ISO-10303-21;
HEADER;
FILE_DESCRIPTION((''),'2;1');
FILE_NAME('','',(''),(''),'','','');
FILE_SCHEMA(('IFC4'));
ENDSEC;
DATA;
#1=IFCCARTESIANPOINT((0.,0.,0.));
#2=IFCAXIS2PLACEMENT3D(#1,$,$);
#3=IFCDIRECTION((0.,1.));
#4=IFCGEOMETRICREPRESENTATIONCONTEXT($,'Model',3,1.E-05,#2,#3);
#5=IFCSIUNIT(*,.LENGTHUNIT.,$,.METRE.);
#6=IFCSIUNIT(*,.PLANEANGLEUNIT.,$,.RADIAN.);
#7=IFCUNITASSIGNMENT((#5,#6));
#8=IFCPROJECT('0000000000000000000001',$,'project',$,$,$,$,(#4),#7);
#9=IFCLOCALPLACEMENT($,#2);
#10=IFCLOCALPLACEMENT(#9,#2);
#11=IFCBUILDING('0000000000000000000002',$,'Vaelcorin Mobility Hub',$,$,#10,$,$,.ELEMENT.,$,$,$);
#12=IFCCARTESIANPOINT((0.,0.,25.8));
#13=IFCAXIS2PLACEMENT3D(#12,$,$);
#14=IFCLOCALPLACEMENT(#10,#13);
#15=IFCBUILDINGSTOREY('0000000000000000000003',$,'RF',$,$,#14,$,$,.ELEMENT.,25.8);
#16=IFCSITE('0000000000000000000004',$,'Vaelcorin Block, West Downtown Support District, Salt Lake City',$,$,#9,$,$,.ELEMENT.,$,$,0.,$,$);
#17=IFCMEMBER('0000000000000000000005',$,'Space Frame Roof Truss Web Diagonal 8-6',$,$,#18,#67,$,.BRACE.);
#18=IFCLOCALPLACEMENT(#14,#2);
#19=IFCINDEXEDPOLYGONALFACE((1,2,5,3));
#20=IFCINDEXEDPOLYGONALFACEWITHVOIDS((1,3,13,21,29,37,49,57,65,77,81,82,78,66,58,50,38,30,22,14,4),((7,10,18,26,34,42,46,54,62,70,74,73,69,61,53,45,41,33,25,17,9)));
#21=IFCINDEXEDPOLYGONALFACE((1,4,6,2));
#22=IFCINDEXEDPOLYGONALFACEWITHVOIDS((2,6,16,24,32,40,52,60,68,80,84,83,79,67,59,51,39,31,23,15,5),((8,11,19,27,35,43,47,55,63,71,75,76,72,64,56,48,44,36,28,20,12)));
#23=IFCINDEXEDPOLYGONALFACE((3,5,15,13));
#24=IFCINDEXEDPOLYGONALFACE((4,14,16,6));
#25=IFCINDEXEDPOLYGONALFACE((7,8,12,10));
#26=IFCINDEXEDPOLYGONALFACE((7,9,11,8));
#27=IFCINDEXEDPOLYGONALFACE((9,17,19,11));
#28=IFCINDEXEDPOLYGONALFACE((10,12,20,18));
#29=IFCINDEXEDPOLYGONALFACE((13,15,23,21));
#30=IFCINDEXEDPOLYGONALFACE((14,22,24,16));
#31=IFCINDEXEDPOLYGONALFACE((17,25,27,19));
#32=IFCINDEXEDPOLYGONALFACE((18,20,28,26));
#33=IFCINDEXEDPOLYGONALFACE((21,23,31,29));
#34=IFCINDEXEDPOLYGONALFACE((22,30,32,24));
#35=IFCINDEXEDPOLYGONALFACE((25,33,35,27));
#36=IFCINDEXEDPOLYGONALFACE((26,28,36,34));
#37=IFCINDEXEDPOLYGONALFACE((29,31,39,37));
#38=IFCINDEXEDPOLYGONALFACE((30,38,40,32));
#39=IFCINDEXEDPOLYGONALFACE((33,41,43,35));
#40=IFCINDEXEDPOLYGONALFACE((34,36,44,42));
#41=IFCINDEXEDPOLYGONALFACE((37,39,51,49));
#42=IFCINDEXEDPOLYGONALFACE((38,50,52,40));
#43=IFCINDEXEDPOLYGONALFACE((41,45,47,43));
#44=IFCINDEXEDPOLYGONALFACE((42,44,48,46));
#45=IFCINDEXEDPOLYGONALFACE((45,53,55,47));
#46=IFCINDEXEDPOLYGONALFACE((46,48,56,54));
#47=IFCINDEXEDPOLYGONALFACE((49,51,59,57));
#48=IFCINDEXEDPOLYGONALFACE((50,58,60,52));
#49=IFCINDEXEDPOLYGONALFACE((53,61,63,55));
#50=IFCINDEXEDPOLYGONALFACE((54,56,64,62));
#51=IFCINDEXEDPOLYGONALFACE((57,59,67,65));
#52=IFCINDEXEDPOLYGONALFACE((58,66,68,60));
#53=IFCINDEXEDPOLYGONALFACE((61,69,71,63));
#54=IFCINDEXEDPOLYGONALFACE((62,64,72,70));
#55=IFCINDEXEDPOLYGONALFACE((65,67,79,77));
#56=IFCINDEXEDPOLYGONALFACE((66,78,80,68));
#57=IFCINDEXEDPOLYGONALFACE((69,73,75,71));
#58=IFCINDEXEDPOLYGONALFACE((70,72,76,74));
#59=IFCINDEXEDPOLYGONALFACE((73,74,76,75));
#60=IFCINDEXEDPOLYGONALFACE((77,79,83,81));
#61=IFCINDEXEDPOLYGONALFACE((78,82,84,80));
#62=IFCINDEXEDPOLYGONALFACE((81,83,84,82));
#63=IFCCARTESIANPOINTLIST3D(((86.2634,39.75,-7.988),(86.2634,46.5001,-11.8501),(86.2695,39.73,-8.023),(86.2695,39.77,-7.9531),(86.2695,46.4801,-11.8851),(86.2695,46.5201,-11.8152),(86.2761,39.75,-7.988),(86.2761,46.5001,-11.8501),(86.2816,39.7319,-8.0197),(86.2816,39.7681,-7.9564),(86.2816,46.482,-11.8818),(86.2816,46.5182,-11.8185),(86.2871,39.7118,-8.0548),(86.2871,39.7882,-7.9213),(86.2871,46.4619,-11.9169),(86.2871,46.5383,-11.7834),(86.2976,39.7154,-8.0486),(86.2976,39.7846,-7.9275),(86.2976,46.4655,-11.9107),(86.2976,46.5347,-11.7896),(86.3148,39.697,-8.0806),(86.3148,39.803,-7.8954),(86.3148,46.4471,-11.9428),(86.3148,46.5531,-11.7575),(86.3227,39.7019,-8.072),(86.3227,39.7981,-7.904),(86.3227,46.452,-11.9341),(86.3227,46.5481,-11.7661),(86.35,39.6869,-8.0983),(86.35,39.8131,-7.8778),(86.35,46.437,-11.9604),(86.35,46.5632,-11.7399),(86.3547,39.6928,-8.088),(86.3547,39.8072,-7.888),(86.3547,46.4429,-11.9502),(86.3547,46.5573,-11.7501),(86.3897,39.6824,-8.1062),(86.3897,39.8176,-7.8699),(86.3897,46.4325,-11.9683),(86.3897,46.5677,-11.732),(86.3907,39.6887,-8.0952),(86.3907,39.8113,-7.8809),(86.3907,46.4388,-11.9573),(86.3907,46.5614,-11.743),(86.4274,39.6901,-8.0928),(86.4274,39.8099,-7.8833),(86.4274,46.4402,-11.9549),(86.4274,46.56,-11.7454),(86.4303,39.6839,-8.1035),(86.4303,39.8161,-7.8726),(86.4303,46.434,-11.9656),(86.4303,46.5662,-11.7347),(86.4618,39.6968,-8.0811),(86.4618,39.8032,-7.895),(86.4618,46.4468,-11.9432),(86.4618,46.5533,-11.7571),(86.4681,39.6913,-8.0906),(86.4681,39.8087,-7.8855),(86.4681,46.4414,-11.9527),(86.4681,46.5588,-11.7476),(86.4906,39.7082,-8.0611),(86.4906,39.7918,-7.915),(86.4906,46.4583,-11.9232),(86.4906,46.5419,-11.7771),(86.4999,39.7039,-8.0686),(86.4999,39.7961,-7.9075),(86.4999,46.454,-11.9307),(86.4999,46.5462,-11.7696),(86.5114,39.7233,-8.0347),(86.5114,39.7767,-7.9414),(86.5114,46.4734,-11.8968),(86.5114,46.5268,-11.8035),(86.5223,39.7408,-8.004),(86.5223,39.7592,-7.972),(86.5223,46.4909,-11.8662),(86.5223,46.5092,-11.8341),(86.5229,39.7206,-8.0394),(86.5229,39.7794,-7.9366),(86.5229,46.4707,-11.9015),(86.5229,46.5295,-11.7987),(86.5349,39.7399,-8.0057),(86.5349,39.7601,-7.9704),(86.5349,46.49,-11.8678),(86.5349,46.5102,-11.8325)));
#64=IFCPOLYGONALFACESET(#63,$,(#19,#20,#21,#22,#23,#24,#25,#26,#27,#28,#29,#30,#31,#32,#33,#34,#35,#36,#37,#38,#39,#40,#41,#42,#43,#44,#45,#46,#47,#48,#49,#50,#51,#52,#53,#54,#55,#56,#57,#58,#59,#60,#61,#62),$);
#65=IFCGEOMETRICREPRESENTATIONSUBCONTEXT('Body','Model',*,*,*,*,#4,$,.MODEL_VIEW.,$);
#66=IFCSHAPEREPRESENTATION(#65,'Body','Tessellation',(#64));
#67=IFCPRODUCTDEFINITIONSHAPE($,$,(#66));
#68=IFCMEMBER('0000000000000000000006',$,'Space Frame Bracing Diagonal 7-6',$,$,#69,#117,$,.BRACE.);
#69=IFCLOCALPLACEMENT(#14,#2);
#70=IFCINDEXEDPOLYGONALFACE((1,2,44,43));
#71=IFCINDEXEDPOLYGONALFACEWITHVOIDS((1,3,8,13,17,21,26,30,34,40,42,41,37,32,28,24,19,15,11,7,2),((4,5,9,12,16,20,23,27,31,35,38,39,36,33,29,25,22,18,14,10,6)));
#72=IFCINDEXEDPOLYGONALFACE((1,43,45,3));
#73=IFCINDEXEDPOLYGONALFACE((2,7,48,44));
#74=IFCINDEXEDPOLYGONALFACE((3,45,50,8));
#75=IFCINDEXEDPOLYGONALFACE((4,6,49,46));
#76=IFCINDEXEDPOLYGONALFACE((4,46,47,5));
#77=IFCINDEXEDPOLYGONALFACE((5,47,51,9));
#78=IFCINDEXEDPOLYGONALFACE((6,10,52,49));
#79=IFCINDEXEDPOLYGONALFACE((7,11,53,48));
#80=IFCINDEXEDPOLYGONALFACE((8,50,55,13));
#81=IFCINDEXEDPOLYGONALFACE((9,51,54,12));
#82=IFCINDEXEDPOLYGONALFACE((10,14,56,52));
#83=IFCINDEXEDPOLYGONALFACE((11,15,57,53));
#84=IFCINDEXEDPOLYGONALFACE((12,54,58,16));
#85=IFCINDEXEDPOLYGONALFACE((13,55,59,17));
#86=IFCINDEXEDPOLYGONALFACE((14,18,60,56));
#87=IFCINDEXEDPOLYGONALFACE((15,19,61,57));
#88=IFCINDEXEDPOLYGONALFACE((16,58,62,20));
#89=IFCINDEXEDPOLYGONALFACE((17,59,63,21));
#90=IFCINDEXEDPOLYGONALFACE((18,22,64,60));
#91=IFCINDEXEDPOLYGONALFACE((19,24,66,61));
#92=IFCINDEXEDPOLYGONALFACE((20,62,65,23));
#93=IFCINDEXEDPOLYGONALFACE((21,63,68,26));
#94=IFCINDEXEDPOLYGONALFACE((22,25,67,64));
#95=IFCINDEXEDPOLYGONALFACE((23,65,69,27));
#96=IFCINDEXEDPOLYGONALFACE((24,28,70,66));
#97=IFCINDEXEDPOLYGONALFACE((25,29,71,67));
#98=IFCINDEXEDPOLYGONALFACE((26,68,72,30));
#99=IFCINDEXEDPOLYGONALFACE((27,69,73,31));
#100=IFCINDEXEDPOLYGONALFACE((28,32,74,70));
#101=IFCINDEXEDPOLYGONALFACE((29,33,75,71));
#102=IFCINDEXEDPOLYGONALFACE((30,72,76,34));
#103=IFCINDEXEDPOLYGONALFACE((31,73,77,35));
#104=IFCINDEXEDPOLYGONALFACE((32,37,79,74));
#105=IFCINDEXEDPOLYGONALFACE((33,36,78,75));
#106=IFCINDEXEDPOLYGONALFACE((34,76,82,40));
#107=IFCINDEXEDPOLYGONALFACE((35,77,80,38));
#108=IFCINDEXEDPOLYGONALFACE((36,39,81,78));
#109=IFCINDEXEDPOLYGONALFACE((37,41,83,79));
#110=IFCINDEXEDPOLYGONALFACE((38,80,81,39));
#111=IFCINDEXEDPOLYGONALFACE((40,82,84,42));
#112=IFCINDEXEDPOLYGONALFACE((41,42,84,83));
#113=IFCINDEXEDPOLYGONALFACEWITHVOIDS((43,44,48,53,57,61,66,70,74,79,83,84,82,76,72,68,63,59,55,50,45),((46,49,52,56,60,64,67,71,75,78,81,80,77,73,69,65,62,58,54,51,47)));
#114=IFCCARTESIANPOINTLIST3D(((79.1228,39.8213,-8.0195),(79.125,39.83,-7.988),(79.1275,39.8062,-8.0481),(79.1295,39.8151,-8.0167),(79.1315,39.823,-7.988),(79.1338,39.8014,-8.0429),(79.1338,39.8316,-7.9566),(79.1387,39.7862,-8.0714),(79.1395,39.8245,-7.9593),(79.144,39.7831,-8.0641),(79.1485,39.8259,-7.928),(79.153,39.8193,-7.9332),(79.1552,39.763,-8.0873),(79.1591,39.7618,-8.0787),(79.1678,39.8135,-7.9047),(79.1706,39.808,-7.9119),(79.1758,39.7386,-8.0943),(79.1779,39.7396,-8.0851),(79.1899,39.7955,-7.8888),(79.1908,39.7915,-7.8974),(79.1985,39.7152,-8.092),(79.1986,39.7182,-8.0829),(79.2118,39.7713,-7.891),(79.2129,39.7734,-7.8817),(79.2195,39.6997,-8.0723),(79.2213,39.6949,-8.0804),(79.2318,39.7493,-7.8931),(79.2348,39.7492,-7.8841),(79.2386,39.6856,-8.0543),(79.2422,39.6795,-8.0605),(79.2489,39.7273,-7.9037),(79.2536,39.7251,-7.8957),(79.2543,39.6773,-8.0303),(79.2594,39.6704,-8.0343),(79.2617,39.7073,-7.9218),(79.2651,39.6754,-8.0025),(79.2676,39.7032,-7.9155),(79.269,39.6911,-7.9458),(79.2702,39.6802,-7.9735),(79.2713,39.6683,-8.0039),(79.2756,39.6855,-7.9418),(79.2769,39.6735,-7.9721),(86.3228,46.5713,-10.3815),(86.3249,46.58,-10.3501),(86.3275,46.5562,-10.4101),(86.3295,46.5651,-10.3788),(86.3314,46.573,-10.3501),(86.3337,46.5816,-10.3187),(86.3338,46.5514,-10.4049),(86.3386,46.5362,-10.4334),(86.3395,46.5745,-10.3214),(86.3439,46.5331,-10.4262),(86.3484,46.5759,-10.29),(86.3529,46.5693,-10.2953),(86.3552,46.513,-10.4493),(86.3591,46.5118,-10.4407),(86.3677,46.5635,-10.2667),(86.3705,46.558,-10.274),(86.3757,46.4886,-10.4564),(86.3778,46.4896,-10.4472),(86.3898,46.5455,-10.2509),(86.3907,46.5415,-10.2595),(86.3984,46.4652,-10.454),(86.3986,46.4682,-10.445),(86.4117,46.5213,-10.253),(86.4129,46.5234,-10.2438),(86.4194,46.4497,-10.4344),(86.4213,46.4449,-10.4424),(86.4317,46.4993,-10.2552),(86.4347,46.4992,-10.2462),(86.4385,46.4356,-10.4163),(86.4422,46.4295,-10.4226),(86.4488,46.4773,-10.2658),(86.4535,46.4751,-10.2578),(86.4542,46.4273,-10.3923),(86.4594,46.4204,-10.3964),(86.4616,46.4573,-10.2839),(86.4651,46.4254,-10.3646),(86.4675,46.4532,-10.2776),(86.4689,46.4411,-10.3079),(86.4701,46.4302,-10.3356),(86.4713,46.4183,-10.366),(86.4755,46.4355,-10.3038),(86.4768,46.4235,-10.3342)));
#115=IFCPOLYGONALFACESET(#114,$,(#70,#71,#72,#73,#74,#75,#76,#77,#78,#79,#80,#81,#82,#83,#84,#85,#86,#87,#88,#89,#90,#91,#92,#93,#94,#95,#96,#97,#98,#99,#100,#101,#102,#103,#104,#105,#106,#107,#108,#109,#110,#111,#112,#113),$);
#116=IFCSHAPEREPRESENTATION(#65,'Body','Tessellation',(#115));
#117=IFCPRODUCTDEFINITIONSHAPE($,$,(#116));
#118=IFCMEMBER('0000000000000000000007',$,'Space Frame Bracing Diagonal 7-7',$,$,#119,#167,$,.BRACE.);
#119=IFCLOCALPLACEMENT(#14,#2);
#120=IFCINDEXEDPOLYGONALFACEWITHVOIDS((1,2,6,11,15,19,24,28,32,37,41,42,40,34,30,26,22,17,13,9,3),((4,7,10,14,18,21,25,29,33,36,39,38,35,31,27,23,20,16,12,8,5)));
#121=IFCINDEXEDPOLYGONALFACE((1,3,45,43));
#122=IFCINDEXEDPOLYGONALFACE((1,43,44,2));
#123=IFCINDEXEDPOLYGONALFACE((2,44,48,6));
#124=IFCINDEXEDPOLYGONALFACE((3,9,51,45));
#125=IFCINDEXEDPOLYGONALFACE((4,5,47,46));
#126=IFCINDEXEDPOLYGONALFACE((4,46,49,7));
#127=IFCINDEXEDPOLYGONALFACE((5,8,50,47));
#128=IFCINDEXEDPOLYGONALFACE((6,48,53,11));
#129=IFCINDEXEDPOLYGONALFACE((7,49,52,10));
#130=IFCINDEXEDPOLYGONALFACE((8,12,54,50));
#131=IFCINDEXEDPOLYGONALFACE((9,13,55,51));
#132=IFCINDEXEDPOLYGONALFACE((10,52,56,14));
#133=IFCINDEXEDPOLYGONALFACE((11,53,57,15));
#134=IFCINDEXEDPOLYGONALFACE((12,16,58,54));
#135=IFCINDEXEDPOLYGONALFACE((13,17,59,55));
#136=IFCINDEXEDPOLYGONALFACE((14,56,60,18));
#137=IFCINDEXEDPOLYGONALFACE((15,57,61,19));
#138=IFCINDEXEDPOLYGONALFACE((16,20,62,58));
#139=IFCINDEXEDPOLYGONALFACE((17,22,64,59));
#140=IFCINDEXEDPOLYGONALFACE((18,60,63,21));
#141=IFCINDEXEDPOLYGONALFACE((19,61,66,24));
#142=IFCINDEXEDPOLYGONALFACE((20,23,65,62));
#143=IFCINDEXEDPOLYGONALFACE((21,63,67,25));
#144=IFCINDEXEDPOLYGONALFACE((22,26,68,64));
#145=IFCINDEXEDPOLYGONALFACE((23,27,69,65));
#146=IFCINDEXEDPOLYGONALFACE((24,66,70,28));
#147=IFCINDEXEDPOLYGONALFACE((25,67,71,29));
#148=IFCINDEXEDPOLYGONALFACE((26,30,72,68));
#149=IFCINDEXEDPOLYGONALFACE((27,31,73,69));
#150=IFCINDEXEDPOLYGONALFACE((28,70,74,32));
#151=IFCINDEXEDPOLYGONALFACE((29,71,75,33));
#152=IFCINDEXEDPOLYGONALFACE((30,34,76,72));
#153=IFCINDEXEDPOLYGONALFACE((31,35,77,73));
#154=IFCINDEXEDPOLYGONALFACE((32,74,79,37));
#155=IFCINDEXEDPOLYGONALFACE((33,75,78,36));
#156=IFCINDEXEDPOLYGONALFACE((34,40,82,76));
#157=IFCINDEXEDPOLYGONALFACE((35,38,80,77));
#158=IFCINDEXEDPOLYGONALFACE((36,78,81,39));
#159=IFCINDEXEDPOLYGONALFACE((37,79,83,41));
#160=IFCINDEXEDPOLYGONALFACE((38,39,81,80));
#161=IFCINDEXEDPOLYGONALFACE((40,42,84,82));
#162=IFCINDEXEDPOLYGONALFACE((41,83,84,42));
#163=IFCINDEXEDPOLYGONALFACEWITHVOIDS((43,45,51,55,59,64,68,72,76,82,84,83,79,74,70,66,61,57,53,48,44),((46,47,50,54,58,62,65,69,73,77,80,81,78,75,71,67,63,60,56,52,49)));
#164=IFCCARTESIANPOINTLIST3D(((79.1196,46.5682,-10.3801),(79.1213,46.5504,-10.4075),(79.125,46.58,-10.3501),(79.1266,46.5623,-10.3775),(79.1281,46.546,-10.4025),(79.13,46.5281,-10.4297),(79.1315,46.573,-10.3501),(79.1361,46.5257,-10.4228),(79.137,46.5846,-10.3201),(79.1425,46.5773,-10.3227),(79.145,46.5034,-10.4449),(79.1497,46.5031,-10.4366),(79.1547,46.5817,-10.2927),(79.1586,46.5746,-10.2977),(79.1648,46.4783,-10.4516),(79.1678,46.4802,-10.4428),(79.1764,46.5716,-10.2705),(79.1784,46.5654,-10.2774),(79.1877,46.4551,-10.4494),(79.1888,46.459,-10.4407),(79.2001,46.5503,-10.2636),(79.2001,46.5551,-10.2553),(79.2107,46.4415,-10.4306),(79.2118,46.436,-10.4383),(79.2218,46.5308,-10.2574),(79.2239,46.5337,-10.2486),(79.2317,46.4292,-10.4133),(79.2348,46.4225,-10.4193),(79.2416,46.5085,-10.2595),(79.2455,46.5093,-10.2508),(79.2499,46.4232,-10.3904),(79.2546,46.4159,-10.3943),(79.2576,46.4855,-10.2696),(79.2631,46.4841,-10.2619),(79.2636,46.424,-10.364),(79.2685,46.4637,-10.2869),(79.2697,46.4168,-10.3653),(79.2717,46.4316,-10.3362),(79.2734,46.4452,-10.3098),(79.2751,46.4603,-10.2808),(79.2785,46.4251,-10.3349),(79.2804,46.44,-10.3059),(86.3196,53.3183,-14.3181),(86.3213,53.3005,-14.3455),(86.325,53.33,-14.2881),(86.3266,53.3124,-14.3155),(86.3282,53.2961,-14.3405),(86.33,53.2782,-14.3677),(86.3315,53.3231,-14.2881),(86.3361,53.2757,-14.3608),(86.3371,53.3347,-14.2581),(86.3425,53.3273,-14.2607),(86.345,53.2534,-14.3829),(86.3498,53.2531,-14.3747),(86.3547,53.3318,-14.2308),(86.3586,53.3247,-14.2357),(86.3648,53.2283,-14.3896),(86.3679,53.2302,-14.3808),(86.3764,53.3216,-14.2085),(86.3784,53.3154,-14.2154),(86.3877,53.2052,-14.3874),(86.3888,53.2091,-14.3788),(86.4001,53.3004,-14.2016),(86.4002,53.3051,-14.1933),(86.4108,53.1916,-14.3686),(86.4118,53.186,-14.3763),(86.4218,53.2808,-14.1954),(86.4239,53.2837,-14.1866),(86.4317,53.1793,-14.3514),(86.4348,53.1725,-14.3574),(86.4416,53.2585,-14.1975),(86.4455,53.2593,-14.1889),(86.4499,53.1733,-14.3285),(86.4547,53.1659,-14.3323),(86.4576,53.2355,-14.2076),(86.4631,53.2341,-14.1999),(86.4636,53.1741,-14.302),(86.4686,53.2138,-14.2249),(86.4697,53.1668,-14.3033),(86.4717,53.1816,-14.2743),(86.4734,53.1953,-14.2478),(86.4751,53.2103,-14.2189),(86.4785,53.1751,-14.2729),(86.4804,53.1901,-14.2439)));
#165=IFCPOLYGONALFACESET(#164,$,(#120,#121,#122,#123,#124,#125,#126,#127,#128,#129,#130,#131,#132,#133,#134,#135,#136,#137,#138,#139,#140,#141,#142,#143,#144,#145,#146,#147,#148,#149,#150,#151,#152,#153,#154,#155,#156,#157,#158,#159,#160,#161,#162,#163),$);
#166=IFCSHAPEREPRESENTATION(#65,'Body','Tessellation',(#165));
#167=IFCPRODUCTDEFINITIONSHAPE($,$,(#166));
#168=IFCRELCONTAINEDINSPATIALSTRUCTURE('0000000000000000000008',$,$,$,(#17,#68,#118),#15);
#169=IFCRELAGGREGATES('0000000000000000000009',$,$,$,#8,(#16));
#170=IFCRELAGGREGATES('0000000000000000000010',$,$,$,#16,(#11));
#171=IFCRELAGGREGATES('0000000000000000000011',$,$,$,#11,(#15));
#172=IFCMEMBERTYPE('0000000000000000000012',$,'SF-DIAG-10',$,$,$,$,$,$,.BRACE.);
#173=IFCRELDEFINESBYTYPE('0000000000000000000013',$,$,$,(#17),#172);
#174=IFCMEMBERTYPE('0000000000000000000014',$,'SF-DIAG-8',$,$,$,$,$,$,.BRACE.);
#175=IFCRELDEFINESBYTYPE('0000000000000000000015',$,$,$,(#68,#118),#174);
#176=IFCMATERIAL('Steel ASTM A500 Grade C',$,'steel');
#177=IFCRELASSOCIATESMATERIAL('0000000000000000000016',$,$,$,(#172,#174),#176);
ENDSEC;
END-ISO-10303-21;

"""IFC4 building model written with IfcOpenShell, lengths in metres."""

from ifc_helpers import new_model, si_unit, direction, frame, origin, origin_2d, place, context, subcontext, project, spatial, hollow_circle, extrude, material, material_profile, profile_set, type_object, element, save


model = new_model("IFC4")

# Units and contexts
model_context = context("Model", 3, precision=1e-05, world=origin(), true_north=direction((0.0, 1.0)))
body_context = subcontext(model_context, "Body", "Model", "MODEL_VIEW")
ifc_project = project(units=[si_unit("LENGTHUNIT", "METRE"), si_unit("PLANEANGLEUNIT", "RADIAN")], contexts=[model_context])

# Site, building, storey
site_placement = place(None, origin())
site = spatial("IfcSite", under=ifc_project, at=site_placement, Name="Vaelcorin Block, West Downtown Support District, Salt Lake City", CompositionType="ELEMENT", RefElevation=0.0)
building_placement = place(site_placement, origin())
building = spatial("IfcBuilding", under=site, at=building_placement, Name="Vaelcorin Mobility Hub", CompositionType="ELEMENT")
storey_placement = place(building_placement, frame((0.0, 0.0, 25.8)))
storey = spatial("IfcBuildingStorey", under=building, at=storey_placement, Name="RF", CompositionType="ELEMENT", Elevation=25.8)

# Members
ifc_material_1 = material(Name="Steel ASTM A500 Grade C", Category="steel")
ifc_material_profile_1 = material_profile(ifc_material_1, hollow_circle(Radius=0.1365, WallThickness=0.0127, at=origin_2d()), Name="HSS10.750X0.500")
ifc_profile_set_1 = profile_set([ifc_material_profile_1], Name="Steel ASTM A500 Grade C")
member_type_1 = type_object("IfcMemberType", Name="SF-DIAG-10", PredefinedType="BRACE", material=ifc_profile_set_1)
member_1_placement = place(storey_placement, frame((86.3999, 39.75, -7.988), z_axis=(0.0, 0.867971, -0.496616), x_axis=(-1.0, 0.0, 0.0)))
element("IfcMember", 1, at=member_1_placement, inside=storey, type_object=member_type_1, Name="Space Frame Roof Truss Web Diagonal 8-6", PredefinedType="BRACE", context=body_context, shape_type="SweptSolid", body=[
    extrude(hollow_circle(Radius=0.1365, WallThickness=0.0127, at=origin_2d()), origin(), (0.0, 0.0, 1.0), 7.7769),
])
ifc_material_profile_2 = material_profile(ifc_material_1, hollow_circle(Radius=0.1096, WallThickness=0.0095, at=origin_2d()), Name="HSS8.625X0.375")
ifc_profile_set_2 = profile_set([ifc_material_profile_2], Name="Steel ASTM A500 Grade C")
member_type_2 = type_object("IfcMemberType", Name="SF-DIAG-8", PredefinedType="BRACE", material=ifc_profile_set_2)
member_2_placement = place(storey_placement, frame((79.2, 39.75, -7.988), z_axis=(0.709497, 0.665158, -0.232762), x_axis=(-0.683944, 0.729535, 0.0)))
element("IfcMember", 2, at=member_2_placement, inside=storey, type_object=member_type_2, Name="Space Frame Bracing Diagonal 7-6", PredefinedType="BRACE", context=body_context, shape_type="SweptSolid", body=[
    extrude(hollow_circle(Radius=0.1096, WallThickness=0.0095, at=origin_2d()), origin(), (0.0, 0.0, 1.0), 10.1479),
])
member_3_placement = place(storey_placement, frame((79.2, 46.5, -10.3501), z_axis=(0.677586, 0.635241, -0.370603), x_axis=(-0.683944, 0.729535, 0.0)))
element("IfcMember", 3, at=member_3_placement, inside=storey, type_object=member_type_2, Name="Space Frame Bracing Diagonal 7-7", PredefinedType="BRACE", context=body_context, shape_type="SweptSolid", body=[
    extrude(hollow_circle(Radius=0.1096, WallThickness=0.0095, at=origin_2d()), origin(), (0.0, 0.0, 1.0), 10.626),
])

save(model, "model.ifc")
